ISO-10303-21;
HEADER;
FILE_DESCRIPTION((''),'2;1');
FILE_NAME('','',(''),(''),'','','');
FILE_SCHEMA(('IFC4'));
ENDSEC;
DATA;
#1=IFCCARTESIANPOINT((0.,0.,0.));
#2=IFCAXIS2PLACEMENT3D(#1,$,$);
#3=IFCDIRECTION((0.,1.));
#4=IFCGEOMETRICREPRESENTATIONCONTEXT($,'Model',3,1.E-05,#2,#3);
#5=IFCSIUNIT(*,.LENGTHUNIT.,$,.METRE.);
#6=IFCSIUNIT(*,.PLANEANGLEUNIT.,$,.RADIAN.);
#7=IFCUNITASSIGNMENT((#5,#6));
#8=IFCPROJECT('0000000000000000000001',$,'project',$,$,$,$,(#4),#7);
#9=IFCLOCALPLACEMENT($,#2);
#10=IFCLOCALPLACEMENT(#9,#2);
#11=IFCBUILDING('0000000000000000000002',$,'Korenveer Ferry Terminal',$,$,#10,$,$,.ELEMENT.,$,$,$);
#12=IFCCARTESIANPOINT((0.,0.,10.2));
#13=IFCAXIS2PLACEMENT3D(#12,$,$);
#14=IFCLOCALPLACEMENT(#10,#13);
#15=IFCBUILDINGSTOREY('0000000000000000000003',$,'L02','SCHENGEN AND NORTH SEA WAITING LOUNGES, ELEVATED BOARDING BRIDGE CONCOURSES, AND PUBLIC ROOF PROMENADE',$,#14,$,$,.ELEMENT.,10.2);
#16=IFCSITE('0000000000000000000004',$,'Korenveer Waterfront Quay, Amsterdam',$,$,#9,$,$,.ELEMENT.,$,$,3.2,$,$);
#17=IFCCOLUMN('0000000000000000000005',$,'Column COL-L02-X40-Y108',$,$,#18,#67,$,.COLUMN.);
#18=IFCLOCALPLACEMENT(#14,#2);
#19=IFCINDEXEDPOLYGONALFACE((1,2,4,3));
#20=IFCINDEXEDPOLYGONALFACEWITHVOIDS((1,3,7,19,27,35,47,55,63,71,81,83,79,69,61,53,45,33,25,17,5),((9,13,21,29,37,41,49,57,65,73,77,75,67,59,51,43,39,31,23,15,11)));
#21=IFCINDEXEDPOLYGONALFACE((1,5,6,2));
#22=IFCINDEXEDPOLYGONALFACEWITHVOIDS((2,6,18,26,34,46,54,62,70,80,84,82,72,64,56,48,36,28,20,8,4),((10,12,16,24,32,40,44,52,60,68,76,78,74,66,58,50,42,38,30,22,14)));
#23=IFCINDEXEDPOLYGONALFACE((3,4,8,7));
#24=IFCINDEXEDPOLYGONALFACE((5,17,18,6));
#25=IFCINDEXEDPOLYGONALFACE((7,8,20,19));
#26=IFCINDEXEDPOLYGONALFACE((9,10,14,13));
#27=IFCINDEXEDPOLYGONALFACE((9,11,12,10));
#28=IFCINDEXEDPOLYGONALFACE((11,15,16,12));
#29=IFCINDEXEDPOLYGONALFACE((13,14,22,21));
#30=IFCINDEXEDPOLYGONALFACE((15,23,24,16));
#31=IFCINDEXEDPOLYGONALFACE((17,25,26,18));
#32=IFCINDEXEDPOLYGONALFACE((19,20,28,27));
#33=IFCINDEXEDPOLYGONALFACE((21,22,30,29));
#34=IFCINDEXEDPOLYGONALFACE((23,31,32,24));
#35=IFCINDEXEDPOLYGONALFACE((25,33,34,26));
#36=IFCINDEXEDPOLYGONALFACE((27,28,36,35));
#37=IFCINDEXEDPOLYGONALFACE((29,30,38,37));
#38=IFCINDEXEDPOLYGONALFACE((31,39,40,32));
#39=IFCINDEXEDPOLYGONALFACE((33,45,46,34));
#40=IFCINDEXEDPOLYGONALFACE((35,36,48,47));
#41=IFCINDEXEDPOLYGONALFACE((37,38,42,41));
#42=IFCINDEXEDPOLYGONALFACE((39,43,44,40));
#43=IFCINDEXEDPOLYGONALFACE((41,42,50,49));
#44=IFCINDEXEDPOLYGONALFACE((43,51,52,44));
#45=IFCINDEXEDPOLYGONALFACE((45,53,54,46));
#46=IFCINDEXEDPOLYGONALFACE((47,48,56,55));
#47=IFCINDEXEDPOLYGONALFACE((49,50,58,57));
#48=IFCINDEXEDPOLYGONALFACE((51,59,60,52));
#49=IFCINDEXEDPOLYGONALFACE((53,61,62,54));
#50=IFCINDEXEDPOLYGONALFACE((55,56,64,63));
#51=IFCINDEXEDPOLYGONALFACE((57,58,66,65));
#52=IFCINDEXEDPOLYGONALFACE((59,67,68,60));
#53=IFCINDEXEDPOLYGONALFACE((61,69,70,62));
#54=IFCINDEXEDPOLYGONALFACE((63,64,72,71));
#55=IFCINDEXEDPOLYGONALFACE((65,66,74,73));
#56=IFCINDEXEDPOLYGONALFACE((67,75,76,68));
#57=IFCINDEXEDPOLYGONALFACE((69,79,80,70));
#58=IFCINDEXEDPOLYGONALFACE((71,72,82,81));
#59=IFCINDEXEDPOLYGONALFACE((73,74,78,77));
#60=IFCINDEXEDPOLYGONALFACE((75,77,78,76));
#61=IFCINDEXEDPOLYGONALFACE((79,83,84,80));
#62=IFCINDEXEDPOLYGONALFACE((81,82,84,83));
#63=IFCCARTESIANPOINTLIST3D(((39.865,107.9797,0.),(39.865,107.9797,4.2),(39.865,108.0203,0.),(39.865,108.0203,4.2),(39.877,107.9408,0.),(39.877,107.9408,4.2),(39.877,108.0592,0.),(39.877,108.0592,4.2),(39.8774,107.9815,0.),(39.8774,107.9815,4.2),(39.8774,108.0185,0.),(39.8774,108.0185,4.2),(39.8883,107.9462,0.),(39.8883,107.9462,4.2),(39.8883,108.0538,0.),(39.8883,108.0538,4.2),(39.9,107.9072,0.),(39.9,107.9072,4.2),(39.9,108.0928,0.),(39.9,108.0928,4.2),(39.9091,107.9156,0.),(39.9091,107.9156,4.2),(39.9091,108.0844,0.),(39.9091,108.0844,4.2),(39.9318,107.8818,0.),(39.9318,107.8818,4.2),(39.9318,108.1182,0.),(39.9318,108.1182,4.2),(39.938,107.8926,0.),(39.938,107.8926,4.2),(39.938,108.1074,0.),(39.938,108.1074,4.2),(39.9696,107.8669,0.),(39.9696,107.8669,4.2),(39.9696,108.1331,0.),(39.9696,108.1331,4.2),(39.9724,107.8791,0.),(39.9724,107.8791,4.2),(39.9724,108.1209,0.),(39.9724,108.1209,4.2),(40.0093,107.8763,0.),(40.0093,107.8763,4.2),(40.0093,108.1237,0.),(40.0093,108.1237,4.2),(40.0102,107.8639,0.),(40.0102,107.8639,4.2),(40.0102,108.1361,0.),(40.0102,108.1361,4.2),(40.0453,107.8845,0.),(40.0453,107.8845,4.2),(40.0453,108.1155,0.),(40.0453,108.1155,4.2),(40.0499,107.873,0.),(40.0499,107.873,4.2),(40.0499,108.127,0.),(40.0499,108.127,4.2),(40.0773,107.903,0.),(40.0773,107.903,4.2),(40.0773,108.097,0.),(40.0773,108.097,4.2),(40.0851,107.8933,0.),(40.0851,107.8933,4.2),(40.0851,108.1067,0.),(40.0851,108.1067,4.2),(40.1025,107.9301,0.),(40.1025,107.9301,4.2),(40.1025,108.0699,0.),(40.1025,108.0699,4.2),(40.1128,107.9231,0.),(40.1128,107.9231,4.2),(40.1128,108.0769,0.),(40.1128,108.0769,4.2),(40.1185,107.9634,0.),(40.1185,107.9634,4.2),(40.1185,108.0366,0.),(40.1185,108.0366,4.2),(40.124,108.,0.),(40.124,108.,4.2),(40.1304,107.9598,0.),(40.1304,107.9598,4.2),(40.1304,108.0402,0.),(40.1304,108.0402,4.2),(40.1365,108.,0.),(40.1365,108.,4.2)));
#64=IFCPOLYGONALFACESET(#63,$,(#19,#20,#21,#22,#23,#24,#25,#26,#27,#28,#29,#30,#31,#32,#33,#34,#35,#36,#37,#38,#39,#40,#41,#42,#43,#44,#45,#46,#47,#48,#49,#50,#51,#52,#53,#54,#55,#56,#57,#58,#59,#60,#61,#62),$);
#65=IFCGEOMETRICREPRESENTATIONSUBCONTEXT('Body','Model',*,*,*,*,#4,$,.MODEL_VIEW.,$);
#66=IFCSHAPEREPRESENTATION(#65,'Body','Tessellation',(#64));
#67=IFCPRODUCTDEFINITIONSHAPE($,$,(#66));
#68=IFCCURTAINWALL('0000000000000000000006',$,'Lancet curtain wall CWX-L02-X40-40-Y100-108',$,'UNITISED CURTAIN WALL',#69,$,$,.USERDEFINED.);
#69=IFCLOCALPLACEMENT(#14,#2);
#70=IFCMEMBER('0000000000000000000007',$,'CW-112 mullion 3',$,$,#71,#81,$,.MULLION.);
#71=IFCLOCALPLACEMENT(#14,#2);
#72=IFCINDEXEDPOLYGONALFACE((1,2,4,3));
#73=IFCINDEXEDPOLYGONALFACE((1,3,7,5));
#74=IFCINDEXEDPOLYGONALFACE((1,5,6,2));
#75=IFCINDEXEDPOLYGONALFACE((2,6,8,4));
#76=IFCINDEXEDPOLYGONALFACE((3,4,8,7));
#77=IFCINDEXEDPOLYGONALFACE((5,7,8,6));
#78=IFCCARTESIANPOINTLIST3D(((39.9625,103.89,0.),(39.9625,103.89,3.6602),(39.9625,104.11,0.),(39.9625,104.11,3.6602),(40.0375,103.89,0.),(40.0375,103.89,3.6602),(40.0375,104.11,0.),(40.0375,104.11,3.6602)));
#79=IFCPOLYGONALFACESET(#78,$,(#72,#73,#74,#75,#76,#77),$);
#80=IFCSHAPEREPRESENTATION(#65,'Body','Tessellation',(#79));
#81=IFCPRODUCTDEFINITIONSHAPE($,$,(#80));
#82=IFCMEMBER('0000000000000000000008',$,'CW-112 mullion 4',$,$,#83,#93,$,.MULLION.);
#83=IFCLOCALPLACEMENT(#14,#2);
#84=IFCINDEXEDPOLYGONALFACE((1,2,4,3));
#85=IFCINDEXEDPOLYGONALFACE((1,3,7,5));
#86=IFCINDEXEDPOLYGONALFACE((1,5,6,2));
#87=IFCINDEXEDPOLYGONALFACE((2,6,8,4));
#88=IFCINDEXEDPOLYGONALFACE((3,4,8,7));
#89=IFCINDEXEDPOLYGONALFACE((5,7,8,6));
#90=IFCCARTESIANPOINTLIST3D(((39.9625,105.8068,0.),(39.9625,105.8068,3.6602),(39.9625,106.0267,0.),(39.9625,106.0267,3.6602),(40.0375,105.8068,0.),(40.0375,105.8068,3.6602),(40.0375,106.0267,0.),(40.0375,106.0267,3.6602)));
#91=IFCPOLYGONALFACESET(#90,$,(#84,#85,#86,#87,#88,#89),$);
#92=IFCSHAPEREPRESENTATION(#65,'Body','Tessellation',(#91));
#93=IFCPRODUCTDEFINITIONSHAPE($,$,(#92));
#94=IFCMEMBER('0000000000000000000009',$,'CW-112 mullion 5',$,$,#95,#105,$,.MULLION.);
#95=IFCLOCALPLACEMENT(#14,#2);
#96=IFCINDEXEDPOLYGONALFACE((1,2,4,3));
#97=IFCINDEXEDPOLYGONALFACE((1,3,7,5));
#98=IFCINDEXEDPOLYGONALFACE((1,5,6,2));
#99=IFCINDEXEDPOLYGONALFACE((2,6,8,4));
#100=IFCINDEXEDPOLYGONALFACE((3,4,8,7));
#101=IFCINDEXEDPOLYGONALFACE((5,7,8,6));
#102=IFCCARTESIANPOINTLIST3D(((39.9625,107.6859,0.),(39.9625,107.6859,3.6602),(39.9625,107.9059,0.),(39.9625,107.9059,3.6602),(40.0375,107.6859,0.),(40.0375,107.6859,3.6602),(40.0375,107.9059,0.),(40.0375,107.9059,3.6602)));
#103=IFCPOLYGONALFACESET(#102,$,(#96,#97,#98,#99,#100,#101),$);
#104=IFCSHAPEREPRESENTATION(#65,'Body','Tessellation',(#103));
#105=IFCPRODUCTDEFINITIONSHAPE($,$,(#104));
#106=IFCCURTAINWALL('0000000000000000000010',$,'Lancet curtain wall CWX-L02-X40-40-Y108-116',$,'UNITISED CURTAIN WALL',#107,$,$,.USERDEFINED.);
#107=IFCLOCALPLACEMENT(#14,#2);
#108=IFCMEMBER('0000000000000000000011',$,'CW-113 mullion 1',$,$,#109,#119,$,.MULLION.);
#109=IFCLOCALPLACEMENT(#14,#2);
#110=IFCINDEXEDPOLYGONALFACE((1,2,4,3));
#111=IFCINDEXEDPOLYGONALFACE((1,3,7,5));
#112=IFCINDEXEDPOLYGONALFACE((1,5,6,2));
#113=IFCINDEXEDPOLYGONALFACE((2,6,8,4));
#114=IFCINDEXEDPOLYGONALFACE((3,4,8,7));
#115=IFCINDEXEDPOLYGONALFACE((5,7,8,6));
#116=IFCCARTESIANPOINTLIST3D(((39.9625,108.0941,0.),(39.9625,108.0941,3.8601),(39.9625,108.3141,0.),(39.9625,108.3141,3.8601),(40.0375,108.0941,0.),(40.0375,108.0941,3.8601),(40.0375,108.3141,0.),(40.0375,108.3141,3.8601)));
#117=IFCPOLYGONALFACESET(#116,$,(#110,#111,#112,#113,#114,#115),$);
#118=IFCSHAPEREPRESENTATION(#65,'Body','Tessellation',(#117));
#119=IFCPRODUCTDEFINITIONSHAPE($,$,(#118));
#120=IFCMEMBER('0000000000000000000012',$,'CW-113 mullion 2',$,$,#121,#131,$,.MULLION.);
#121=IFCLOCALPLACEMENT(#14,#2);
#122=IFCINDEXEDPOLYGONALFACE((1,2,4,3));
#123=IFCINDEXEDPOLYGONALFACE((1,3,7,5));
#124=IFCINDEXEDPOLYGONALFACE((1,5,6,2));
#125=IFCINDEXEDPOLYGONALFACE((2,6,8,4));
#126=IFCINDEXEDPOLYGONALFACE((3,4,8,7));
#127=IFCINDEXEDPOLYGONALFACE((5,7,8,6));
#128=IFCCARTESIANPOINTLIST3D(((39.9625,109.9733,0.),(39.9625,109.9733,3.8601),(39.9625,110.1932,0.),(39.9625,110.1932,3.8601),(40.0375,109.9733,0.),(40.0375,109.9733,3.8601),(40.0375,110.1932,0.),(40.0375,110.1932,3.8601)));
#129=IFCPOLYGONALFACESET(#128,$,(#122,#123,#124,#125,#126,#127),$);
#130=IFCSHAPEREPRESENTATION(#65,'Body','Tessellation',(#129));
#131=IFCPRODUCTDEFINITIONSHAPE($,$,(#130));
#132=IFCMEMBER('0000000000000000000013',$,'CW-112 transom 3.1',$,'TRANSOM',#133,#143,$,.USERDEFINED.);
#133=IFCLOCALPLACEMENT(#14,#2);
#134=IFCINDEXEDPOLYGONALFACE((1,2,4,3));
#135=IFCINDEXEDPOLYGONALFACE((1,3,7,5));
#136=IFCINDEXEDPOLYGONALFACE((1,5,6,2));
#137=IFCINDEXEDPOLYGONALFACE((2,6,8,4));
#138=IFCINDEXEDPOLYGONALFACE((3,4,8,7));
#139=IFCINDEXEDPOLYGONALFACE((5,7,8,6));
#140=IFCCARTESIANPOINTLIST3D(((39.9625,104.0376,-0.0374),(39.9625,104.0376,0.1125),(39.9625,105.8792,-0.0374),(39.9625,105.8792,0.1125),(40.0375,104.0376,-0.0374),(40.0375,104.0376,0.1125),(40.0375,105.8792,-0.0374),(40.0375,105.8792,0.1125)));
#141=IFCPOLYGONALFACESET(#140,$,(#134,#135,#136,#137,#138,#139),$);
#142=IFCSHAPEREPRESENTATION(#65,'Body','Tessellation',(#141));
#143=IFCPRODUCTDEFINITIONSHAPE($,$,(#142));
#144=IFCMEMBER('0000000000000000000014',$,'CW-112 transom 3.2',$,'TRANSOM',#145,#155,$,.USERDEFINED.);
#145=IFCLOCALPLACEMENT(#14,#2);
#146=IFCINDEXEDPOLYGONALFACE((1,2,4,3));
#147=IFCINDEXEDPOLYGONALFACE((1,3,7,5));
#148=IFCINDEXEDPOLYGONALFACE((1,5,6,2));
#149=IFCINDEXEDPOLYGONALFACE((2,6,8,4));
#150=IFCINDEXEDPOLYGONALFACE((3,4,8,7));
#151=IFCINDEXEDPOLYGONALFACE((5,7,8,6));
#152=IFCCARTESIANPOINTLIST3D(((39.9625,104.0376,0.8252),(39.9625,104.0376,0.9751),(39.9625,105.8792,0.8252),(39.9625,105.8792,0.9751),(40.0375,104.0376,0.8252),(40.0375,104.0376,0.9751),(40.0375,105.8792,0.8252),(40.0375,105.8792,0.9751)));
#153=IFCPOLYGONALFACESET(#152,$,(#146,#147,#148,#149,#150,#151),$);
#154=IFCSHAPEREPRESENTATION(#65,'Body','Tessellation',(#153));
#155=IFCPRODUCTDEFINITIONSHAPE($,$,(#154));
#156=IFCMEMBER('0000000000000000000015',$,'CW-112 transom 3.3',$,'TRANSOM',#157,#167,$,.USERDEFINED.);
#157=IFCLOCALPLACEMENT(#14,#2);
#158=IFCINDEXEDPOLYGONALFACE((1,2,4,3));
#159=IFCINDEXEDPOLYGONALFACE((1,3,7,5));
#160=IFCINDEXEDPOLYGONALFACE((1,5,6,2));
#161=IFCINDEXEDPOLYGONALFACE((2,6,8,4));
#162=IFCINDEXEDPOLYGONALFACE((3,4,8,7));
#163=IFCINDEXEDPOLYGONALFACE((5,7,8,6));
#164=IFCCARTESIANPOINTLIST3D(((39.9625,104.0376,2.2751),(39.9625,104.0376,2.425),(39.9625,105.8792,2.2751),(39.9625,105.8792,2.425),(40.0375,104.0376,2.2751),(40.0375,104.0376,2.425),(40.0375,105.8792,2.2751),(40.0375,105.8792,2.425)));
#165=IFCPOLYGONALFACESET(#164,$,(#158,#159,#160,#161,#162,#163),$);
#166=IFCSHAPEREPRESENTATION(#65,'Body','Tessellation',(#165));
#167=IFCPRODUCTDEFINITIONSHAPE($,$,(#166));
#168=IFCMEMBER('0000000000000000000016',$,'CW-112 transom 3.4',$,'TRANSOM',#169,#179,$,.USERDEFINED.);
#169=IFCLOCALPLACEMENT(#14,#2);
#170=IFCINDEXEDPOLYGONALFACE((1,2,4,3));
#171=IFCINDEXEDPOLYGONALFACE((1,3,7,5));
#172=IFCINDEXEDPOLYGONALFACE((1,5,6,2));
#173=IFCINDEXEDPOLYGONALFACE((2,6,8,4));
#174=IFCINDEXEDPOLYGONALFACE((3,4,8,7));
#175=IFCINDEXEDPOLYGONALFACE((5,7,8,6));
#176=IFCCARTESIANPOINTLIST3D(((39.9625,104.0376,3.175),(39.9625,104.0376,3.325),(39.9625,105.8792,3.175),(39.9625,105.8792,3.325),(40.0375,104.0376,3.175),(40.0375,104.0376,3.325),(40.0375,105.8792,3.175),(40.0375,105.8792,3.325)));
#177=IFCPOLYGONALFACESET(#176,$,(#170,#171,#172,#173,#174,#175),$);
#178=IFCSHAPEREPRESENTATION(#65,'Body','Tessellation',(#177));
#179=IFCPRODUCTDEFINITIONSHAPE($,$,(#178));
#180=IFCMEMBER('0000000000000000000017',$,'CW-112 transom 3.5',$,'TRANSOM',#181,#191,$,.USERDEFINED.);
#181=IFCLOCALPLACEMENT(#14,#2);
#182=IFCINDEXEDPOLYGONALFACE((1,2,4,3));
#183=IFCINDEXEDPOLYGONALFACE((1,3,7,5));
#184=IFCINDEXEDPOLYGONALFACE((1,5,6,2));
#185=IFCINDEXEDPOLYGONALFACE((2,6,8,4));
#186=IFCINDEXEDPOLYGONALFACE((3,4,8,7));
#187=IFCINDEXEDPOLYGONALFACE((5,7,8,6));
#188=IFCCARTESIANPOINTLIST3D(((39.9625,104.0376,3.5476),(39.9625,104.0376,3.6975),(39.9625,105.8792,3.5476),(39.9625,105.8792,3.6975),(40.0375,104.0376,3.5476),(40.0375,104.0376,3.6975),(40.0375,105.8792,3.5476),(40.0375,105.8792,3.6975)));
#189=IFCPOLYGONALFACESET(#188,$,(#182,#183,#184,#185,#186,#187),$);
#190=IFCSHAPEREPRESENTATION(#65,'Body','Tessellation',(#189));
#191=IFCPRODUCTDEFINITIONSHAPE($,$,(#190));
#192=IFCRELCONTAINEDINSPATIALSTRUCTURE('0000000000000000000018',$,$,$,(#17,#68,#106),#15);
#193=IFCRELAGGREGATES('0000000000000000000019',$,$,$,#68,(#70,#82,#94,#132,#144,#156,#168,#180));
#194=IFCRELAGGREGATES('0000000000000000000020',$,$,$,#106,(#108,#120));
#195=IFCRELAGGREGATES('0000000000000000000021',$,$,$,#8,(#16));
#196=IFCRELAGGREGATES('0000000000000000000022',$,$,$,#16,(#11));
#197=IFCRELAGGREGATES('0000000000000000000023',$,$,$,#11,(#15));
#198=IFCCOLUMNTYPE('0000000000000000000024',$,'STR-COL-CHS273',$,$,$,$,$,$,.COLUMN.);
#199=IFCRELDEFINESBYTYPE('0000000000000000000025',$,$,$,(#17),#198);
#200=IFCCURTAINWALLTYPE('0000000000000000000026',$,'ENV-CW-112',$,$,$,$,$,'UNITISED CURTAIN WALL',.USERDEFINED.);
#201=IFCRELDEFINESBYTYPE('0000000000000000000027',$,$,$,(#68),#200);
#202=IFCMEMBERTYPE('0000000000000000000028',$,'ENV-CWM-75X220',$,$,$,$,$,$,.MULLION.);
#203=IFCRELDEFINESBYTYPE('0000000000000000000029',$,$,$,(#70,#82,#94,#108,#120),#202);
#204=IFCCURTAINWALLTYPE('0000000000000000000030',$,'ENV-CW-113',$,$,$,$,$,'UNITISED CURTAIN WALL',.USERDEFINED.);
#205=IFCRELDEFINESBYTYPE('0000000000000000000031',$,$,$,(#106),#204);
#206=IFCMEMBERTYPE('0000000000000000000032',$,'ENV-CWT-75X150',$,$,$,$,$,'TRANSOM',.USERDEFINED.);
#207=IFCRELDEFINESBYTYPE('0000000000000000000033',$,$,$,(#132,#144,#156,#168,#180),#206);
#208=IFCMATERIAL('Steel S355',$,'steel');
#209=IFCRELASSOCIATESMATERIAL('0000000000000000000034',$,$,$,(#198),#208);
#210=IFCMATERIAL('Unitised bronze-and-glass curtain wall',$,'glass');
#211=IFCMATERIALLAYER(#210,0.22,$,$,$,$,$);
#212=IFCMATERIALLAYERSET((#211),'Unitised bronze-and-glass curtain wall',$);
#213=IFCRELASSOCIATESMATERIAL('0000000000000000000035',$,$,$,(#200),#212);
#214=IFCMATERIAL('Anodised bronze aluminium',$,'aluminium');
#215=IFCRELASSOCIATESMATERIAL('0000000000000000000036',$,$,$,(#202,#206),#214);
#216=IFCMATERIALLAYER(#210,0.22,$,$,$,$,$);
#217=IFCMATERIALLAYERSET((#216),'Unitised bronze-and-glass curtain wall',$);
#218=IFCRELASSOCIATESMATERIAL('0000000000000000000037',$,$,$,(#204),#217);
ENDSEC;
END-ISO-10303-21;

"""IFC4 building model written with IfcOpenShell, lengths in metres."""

from ifc_helpers import new_model, si_unit, direction, frame, origin, origin_2d, place, context, subcontext, project, spatial, rectangle, hollow_circle, extrude, material, layer, layer_set, material_profile, profile_set, type_object, element, aggregate, save


model = new_model("IFC4")

# Units and contexts
model_context = context("Model", 3, precision=1e-05, world=origin(), true_north=direction((0.0, 1.0)))
body_context = subcontext(model_context, "Body", "Model", "MODEL_VIEW")
ifc_project = project(units=[si_unit("LENGTHUNIT", "METRE"), si_unit("PLANEANGLEUNIT", "RADIAN")], contexts=[model_context])

# Site, building, storey
site_placement = place(None, origin())
site = spatial("IfcSite", under=ifc_project, at=site_placement, Name="Korenveer Waterfront Quay, Amsterdam", CompositionType="ELEMENT", RefElevation=3.2)
building_placement = place(site_placement, origin())
building = spatial("IfcBuilding", under=site, at=building_placement, Name="Korenveer Ferry Terminal", CompositionType="ELEMENT")
storey_placement = place(building_placement, frame((0.0, 0.0, 10.2)))
storey = spatial("IfcBuildingStorey", under=building, at=storey_placement, Name="L02", Description="SCHENGEN AND NORTH SEA WAITING LOUNGES, ELEVATED BOARDING BRIDGE CONCOURSES, AND PUBLIC ROOF PROMENADE", CompositionType="ELEMENT", Elevation=10.2)

# Column
ifc_material_1 = material(Name="Steel S355", Category="steel")
ifc_material_profile_1 = material_profile(ifc_material_1, hollow_circle(Radius=0.1365, WallThickness=0.0125, at=origin_2d()), Name="CHS 273x12.5")
ifc_profile_set_1 = profile_set([ifc_material_profile_1], Name="Steel S355")
column_type = type_object("IfcColumnType", Name="STR-COL-CHS273", PredefinedType="COLUMN", material=ifc_profile_set_1)
column_placement = place(storey_placement, frame((40.0, 108.0, 0.0), z_axis=(0.0, 0.0, 1.0), x_axis=(1.0, 0.0, 0.0)))
element("IfcColumn", 1, at=column_placement, inside=storey, type_object=column_type, Name="Column COL-L02-X40-Y108", PredefinedType="COLUMN", context=body_context, shape_type="SweptSolid", body=[
    extrude(hollow_circle(Radius=0.1365, WallThickness=0.0125, at=origin_2d()), origin(), (0.0, 0.0, 1.0), 4.2),
])

# Curtain walls, members
ifc_material_2 = material(Name="Unitised bronze-and-glass curtain wall", Category="glass")
ifc_layer_1 = layer(ifc_material_2, 0.22)
ifc_layer_set_1 = layer_set([ifc_layer_1], Name="Unitised bronze-and-glass curtain wall")
curtain_wall_type_1 = type_object("IfcCurtainWallType", Name="ENV-CW-112", ElementType="UNITISED CURTAIN WALL", PredefinedType="USERDEFINED", material=ifc_layer_set_1)
curtain_wall_1_placement = place(storey_placement, frame((40.0, 100.1665, 0.0)))
curtain_wall_1 = element("IfcCurtainWall", 2, at=curtain_wall_1_placement, inside=storey, type_object=curtain_wall_type_1, Name="Lancet curtain wall CWX-L02-X40-40-Y100-108", ObjectType="UNITISED CURTAIN WALL", PredefinedType="USERDEFINED")
ifc_material_3 = material(Name="Anodised bronze aluminium", Category="aluminium")
ifc_material_profile_2 = material_profile(ifc_material_3, rectangle(XDim=0.075, YDim=0.22, at=origin_2d()), Name="ALU 75x220")
ifc_profile_set_2 = profile_set([ifc_material_profile_2], Name="Anodised bronze aluminium")
member_type_1 = type_object("IfcMemberType", Name="ENV-CWM-75X220", PredefinedType="MULLION", material=ifc_profile_set_2)
member_1_placement = place(storey_placement, frame((40.0, 104.0, 0.0), z_axis=(0.0, 0.0, 1.0), x_axis=(-1.0, 0.0, 0.0)))
member_1 = element("IfcMember", 3, at=member_1_placement, type_object=member_type_1, Name="CW-112 mullion 3", PredefinedType="MULLION", context=body_context, shape_type="SweptSolid", body=[
    extrude(rectangle(XDim=0.075, YDim=0.22, at=origin_2d()), origin(), (0.0, 0.0, 1.0), 3.6602),
])
member_2_placement = place(storey_placement, frame((40.0, 105.9167, 0.0), z_axis=(0.0, 0.0, 1.0), x_axis=(-1.0, 0.0, 0.0)))
member_2 = element("IfcMember", 4, at=member_2_placement, type_object=member_type_1, Name="CW-112 mullion 4", PredefinedType="MULLION", context=body_context, shape_type="SweptSolid", body=[
    extrude(rectangle(XDim=0.075, YDim=0.22, at=origin_2d()), origin(), (0.0, 0.0, 1.0), 3.6602),
])
member_3_placement = place(storey_placement, frame((40.0, 107.7959, 0.0), z_axis=(0.0, 0.0, 1.0), x_axis=(-1.0, 0.0, 0.0)))
member_3 = element("IfcMember", 5, at=member_3_placement, type_object=member_type_1, Name="CW-112 mullion 5", PredefinedType="MULLION", context=body_context, shape_type="SweptSolid", body=[
    extrude(rectangle(XDim=0.075, YDim=0.22, at=origin_2d()), origin(), (0.0, 0.0, 1.0), 3.6602),
])
ifc_layer_2 = layer(ifc_material_2, 0.22)
ifc_layer_set_2 = layer_set([ifc_layer_2], Name="Unitised bronze-and-glass curtain wall")
curtain_wall_type_2 = type_object("IfcCurtainWallType", Name="ENV-CW-113", ElementType="UNITISED CURTAIN WALL", PredefinedType="USERDEFINED", material=ifc_layer_set_2)
curtain_wall_2_placement = place(storey_placement, frame((40.0, 108.1665, 0.0)))
curtain_wall_2 = element("IfcCurtainWall", 6, at=curtain_wall_2_placement, inside=storey, type_object=curtain_wall_type_2, Name="Lancet curtain wall CWX-L02-X40-40-Y108-116", ObjectType="UNITISED CURTAIN WALL", PredefinedType="USERDEFINED")
member_4_placement = place(storey_placement, frame((40.0, 108.2041, 0.0), z_axis=(0.0, 0.0, 1.0), x_axis=(-1.0, 0.0, 0.0)))
member_4 = element("IfcMember", 7, at=member_4_placement, type_object=member_type_1, Name="CW-113 mullion 1", PredefinedType="MULLION", context=body_context, shape_type="SweptSolid", body=[
    extrude(rectangle(XDim=0.075, YDim=0.22, at=origin_2d()), origin(), (0.0, 0.0, 1.0), 3.8601),
])
member_5_placement = place(storey_placement, frame((40.0, 110.0833, 0.0), z_axis=(0.0, 0.0, 1.0), x_axis=(-1.0, 0.0, 0.0)))
member_5 = element("IfcMember", 8, at=member_5_placement, type_object=member_type_1, Name="CW-113 mullion 2", PredefinedType="MULLION", context=body_context, shape_type="SweptSolid", body=[
    extrude(rectangle(XDim=0.075, YDim=0.22, at=origin_2d()), origin(), (0.0, 0.0, 1.0), 3.8601),
])

# Members
ifc_material_profile_3 = material_profile(ifc_material_3, rectangle(XDim=0.075, YDim=0.1499, at=origin_2d()), Name="ALU 75x150")
ifc_profile_set_3 = profile_set([ifc_material_profile_3], Name="Anodised bronze aluminium")
member_type_2 = type_object("IfcMemberType", Name="ENV-CWT-75X150", ElementType="TRANSOM", PredefinedType="USERDEFINED", material=ifc_profile_set_3)
member_6_placement = place(storey_placement, frame((40.0, 104.0376, 0.0376), z_axis=(0.0, 1.0, 0.0), x_axis=(-1.0, 0.0, 0.0)))
member_6 = element("IfcMember", 9, at=member_6_placement, type_object=member_type_2, Name="CW-112 transom 3.1", ObjectType="TRANSOM", PredefinedType="USERDEFINED", context=body_context, shape_type="SweptSolid", body=[
    extrude(rectangle(XDim=0.075, YDim=0.1499, at=origin_2d()), origin(), (0.0, 0.0, 1.0), 1.8416),
])
member_7_placement = place(storey_placement, frame((40.0, 104.0376, 0.9001), z_axis=(0.0, 1.0, 0.0), x_axis=(-1.0, 0.0, 0.0)))
member_7 = element("IfcMember", 10, at=member_7_placement, type_object=member_type_2, Name="CW-112 transom 3.2", ObjectType="TRANSOM", PredefinedType="USERDEFINED", context=body_context, shape_type="SweptSolid", body=[
    extrude(rectangle(XDim=0.075, YDim=0.1499, at=origin_2d()), origin(), (0.0, 0.0, 1.0), 1.8416),
])
member_8_placement = place(storey_placement, frame((40.0, 104.0376, 2.3501), z_axis=(0.0, 1.0, 0.0), x_axis=(-1.0, 0.0, 0.0)))
member_8 = element("IfcMember", 11, at=member_8_placement, type_object=member_type_2, Name="CW-112 transom 3.3", ObjectType="TRANSOM", PredefinedType="USERDEFINED", context=body_context, shape_type="SweptSolid", body=[
    extrude(rectangle(XDim=0.075, YDim=0.1499, at=origin_2d()), origin(), (0.0, 0.0, 1.0), 1.8416),
])
member_9_placement = place(storey_placement, frame((40.0, 104.0376, 3.25), z_axis=(0.0, 1.0, 0.0), x_axis=(-1.0, 0.0, 0.0)))
member_9 = element("IfcMember", 12, at=member_9_placement, type_object=member_type_2, Name="CW-112 transom 3.4", ObjectType="TRANSOM", PredefinedType="USERDEFINED", context=body_context, shape_type="SweptSolid", body=[
    extrude(rectangle(XDim=0.075, YDim=0.1499, at=origin_2d()), origin(), (0.0, 0.0, 1.0), 1.8416),
])
member_10_placement = place(storey_placement, frame((40.0, 104.0376, 3.6226), z_axis=(0.0, 1.0, 0.0), x_axis=(-1.0, 0.0, 0.0)))
member_10 = element("IfcMember", 13, at=member_10_placement, type_object=member_type_2, Name="CW-112 transom 3.5", ObjectType="TRANSOM", PredefinedType="USERDEFINED", context=body_context, shape_type="SweptSolid", body=[
    extrude(rectangle(XDim=0.075, YDim=0.1499, at=origin_2d()), origin(), (0.0, 0.0, 1.0), 1.8416),
])

aggregate(curtain_wall_1, [member_1, member_2, member_3, member_6, member_7, member_8, member_9, member_10])
aggregate(curtain_wall_2, [member_4, member_5])

save(model, "model.ifc")
